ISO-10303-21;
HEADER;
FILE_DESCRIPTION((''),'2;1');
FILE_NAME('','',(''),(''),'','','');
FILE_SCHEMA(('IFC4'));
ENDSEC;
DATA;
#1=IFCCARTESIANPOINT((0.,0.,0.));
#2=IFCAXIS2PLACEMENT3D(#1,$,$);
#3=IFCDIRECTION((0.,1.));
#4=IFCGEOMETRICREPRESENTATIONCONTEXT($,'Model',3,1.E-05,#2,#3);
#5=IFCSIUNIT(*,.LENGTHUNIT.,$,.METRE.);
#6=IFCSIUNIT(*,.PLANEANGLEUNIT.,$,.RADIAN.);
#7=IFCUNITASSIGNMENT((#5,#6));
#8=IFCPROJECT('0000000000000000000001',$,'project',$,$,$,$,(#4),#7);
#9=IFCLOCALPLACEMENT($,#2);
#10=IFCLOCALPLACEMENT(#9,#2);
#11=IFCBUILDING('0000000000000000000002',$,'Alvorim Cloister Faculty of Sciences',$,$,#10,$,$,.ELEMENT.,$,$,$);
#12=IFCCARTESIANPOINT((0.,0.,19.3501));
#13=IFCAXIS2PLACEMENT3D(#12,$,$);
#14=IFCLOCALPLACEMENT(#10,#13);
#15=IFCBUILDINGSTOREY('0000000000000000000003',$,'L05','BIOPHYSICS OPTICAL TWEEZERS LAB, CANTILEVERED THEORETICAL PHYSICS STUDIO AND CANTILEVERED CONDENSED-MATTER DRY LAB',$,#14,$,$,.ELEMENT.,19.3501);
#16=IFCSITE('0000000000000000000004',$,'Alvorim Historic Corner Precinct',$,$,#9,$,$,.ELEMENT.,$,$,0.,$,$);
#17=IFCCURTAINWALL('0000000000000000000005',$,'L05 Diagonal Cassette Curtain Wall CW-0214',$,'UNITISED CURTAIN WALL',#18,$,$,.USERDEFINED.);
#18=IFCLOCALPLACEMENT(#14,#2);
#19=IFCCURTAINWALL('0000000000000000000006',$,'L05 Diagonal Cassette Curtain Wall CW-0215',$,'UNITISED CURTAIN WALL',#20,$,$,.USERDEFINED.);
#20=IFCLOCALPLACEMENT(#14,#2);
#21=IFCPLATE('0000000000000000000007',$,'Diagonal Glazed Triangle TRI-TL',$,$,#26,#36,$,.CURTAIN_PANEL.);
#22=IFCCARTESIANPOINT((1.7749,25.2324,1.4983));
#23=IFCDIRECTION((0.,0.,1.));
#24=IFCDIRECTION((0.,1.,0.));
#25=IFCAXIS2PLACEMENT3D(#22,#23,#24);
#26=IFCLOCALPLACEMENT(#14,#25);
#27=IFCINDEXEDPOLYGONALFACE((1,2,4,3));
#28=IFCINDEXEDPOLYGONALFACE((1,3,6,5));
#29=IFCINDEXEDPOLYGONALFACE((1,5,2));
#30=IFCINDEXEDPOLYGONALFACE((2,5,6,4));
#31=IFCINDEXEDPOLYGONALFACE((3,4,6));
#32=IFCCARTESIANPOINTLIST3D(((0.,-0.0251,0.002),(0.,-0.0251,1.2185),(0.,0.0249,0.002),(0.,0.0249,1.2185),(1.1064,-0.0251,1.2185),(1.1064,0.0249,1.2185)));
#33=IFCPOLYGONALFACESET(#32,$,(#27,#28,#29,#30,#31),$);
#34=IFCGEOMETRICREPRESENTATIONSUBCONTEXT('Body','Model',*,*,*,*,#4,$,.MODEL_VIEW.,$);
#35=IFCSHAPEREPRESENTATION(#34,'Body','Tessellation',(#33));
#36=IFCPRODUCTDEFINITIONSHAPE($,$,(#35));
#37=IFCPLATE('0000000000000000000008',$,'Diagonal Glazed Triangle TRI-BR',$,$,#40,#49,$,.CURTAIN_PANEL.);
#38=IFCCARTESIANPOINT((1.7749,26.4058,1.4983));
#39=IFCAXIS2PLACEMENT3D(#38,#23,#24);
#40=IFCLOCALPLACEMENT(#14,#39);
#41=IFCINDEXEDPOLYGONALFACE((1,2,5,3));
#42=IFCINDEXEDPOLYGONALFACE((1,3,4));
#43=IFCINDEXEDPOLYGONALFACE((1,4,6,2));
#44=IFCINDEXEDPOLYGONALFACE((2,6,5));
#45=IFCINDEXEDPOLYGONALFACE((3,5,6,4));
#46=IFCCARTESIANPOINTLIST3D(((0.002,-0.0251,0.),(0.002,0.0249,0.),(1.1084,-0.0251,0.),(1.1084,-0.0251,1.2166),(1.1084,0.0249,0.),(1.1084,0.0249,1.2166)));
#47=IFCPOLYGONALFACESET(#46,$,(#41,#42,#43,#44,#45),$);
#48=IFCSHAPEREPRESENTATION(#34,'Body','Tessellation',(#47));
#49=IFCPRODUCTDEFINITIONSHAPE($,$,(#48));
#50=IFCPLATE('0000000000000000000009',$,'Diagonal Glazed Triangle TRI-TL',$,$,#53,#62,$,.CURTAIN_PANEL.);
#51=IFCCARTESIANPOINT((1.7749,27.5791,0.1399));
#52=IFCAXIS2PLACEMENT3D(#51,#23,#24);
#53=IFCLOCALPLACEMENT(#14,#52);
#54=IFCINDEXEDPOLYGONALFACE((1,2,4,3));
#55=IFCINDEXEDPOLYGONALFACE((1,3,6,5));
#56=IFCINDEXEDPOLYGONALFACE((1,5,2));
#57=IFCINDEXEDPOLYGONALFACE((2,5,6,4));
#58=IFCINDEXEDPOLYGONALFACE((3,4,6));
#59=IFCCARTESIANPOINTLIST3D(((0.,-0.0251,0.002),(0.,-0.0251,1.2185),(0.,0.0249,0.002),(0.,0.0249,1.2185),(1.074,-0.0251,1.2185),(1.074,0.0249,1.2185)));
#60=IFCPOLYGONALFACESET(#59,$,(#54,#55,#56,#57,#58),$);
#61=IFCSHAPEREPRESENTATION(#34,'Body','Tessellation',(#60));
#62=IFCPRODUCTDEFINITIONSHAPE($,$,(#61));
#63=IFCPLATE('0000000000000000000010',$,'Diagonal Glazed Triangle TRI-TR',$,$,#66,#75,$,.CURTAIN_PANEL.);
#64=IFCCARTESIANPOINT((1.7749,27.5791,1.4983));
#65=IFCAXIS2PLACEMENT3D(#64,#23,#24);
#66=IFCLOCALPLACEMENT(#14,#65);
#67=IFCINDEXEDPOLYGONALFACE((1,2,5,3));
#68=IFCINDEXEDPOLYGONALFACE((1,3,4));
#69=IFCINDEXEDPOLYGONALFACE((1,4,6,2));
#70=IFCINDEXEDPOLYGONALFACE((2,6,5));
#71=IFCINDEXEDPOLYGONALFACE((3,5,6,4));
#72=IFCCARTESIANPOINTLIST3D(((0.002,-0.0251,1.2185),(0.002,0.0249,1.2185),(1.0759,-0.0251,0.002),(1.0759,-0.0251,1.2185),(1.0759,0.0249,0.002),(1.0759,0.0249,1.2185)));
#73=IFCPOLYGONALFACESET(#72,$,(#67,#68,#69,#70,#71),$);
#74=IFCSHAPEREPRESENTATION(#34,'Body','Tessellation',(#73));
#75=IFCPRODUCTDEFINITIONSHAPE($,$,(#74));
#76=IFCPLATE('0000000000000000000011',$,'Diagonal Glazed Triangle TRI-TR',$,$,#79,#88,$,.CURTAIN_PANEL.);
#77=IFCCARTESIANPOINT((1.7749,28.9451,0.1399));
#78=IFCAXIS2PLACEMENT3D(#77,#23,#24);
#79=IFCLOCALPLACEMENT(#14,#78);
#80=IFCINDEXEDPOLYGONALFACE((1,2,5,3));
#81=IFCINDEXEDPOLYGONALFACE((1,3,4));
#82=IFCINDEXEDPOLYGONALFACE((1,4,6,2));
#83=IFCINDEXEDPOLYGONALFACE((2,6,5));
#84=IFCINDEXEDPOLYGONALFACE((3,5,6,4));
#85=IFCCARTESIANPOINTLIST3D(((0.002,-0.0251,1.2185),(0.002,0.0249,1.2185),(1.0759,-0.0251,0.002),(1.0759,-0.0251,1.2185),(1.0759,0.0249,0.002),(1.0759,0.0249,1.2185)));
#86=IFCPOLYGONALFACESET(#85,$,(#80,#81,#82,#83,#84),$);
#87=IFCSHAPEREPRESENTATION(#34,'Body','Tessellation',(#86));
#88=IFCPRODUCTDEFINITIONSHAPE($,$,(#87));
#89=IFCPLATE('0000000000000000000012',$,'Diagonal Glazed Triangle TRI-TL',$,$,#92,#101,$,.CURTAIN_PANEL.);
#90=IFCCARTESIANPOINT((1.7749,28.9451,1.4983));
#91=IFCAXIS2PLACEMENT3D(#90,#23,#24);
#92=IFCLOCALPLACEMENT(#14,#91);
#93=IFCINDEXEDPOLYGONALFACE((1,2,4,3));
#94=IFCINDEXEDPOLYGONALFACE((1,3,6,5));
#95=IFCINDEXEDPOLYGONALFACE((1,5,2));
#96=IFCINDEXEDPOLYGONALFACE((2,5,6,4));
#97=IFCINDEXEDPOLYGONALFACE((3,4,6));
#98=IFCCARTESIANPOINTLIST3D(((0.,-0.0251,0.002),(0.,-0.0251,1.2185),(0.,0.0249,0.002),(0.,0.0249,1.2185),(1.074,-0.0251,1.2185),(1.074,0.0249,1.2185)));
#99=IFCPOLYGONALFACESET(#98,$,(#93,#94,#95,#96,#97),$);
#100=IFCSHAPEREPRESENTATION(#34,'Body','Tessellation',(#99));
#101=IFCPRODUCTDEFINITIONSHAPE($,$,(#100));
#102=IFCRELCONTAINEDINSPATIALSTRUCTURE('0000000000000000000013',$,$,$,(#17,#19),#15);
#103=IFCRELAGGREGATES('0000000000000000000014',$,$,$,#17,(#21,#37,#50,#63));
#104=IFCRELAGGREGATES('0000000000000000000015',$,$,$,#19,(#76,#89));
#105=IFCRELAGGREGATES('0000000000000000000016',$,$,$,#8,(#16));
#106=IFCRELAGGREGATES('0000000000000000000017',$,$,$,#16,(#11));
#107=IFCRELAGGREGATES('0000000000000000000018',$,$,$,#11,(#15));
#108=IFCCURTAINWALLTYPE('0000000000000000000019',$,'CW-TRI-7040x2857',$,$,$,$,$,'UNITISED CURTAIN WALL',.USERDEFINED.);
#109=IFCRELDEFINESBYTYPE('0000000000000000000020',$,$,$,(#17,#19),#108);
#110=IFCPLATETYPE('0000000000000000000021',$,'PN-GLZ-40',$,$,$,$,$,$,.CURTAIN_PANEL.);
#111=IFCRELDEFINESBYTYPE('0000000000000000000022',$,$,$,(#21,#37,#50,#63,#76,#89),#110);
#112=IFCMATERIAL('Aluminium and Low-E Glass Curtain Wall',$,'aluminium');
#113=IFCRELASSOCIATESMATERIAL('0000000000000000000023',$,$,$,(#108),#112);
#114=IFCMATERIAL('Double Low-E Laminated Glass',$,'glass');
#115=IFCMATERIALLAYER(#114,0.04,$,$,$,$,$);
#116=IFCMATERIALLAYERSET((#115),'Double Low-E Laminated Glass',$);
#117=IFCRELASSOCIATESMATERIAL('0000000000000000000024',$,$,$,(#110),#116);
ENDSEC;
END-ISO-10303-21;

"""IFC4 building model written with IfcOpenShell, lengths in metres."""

from ifc_helpers import new_model, si_unit, direction, frame, origin, place, context, subcontext, project, spatial, polyline, outline, extrude, material, layer, layer_set, type_object, element, aggregate, save


model = new_model("IFC4")

# Units and contexts
model_context = context("Model", 3, precision=1e-05, world=origin(), true_north=direction((0.0, 1.0)))
body_context = subcontext(model_context, "Body", "Model", "MODEL_VIEW")
ifc_project = project(units=[si_unit("LENGTHUNIT", "METRE"), si_unit("PLANEANGLEUNIT", "RADIAN")], contexts=[model_context])

# Site, building, storey
site_placement = place(None, origin())
site = spatial("IfcSite", under=ifc_project, at=site_placement, Name="Alvorim Historic Corner Precinct", CompositionType="ELEMENT", RefElevation=0.0)
building_placement = place(site_placement, origin())
building = spatial("IfcBuilding", under=site, at=building_placement, Name="Alvorim Cloister Faculty of Sciences", CompositionType="ELEMENT")
storey_placement = place(building_placement, frame((0.0, 0.0, 19.3501)))
storey = spatial("IfcBuildingStorey", under=building, at=storey_placement, Name="L05", Description="BIOPHYSICS OPTICAL TWEEZERS LAB, CANTILEVERED THEORETICAL PHYSICS STUDIO AND CANTILEVERED CONDENSED-MATTER DRY LAB", CompositionType="ELEMENT", Elevation=19.3501)

# Curtain wall
ifc_material_1 = material(Name="Aluminium and Low-E Glass Curtain Wall", Category="aluminium")
curtain_wall_type = type_object("IfcCurtainWallType", Name="CW-TRI-7040x2857", ElementType="UNITISED CURTAIN WALL", PredefinedType="USERDEFINED", material=ifc_material_1)
curtain_wall_1_placement = place(storey_placement, origin())
curtain_wall_1 = element("IfcCurtainWall", 1, at=curtain_wall_1_placement, inside=storey, type_object=curtain_wall_type, Name="L05 Diagonal Cassette Curtain Wall CW-0214", ObjectType="UNITISED CURTAIN WALL", PredefinedType="USERDEFINED")

# Curtain wall
curtain_wall_2_placement = place(storey_placement, origin())
curtain_wall_2 = element("IfcCurtainWall", 2, at=curtain_wall_2_placement, inside=storey, type_object=curtain_wall_type, Name="L05 Diagonal Cassette Curtain Wall CW-0215", ObjectType="UNITISED CURTAIN WALL", PredefinedType="USERDEFINED")

# Plates
ifc_material_2 = material(Name="Double Low-E Laminated Glass", Category="glass")
ifc_layer_1 = layer(ifc_material_2, 0.04)
ifc_layer_set_1 = layer_set([ifc_layer_1], Name="Double Low-E Laminated Glass")
plate_type = type_object("IfcPlateType", Name="PN-GLZ-40", PredefinedType="CURTAIN_PANEL", material=ifc_layer_set_1)
plate_1_placement = place(storey_placement, frame((1.7749, 25.2324, 1.4983), z_axis=(0.0, 0.0, 1.0), x_axis=(0.0, 1.0, 0.0)))
plate_1 = element("IfcPlate", 3, at=plate_1_placement, type_object=plate_type, Name="Diagonal Glazed Triangle TRI-TL", PredefinedType="CURTAIN_PANEL", context=body_context, shape_type="SweptSolid", body=[
    extrude(outline(polyline([(1.1064, 1.2185), (0.0, 1.2185), (0.0, 0.002), (1.1064, 1.2185)])), frame((0.0, 0.0249, 0.0), z_axis=(0.0, -1.0, 0.0), x_axis=(1.0, 0.0, 0.0)), (0.0, 0.0, 1.0), 0.05),
])
plate_2_placement = place(storey_placement, frame((1.7749, 26.4058, 1.4983), z_axis=(0.0, 0.0, 1.0), x_axis=(0.0, 1.0, 0.0)))
plate_2 = element("IfcPlate", 4, at=plate_2_placement, type_object=plate_type, Name="Diagonal Glazed Triangle TRI-BR", PredefinedType="CURTAIN_PANEL", context=body_context, shape_type="SweptSolid", body=[
    extrude(outline(polyline([(0.002, 0.0), (1.1084, 0.0), (1.1084, 1.2166), (0.002, 0.0)])), frame((0.0, 0.0249, 0.0), z_axis=(0.0, -1.0, 0.0), x_axis=(1.0, 0.0, 0.0)), (0.0, 0.0, 1.0), 0.05),
])
plate_3_placement = place(storey_placement, frame((1.7749, 27.5791, 0.1399), z_axis=(0.0, 0.0, 1.0), x_axis=(0.0, 1.0, 0.0)))
plate_3 = element("IfcPlate", 5, at=plate_3_placement, type_object=plate_type, Name="Diagonal Glazed Triangle TRI-TL", PredefinedType="CURTAIN_PANEL", context=body_context, shape_type="SweptSolid", body=[
    extrude(outline(polyline([(1.074, 1.2185), (0.0, 1.2185), (0.0, 0.002), (1.074, 1.2185)])), frame((0.0, 0.0249, 0.0), z_axis=(0.0, -1.0, 0.0), x_axis=(1.0, 0.0, 0.0)), (0.0, 0.0, 1.0), 0.05),
])
plate_4_placement = place(storey_placement, frame((1.7749, 27.5791, 1.4983), z_axis=(0.0, 0.0, 1.0), x_axis=(0.0, 1.0, 0.0)))
plate_4 = element("IfcPlate", 6, at=plate_4_placement, type_object=plate_type, Name="Diagonal Glazed Triangle TRI-TR", PredefinedType="CURTAIN_PANEL", context=body_context, shape_type="SweptSolid", body=[
    extrude(outline(polyline([(1.0759, 0.002), (1.0759, 1.2185), (0.002, 1.2185), (1.0759, 0.002)])), frame((0.0, 0.0249, 0.0), z_axis=(0.0, -1.0, 0.0), x_axis=(1.0, 0.0, 0.0)), (0.0, 0.0, 1.0), 0.05),
])
aggregate(curtain_wall_1, [plate_1, plate_2, plate_3, plate_4])
plate_5_placement = place(storey_placement, frame((1.7749, 28.9451, 0.1399), z_axis=(0.0, 0.0, 1.0), x_axis=(0.0, 1.0, 0.0)))
plate_5 = element("IfcPlate", 7, at=plate_5_placement, type_object=plate_type, Name="Diagonal Glazed Triangle TRI-TR", PredefinedType="CURTAIN_PANEL", context=body_context, shape_type="SweptSolid", body=[
    extrude(outline(polyline([(1.0759, 0.002), (1.0759, 1.2185), (0.002, 1.2185), (1.0759, 0.002)])), frame((0.0, 0.0249, 0.0), z_axis=(0.0, -1.0, 0.0), x_axis=(1.0, 0.0, 0.0)), (0.0, 0.0, 1.0), 0.05),
])
plate_6_placement = place(storey_placement, frame((1.7749, 28.9451, 1.4983), z_axis=(0.0, 0.0, 1.0), x_axis=(0.0, 1.0, 0.0)))
plate_6 = element("IfcPlate", 8, at=plate_6_placement, type_object=plate_type, Name="Diagonal Glazed Triangle TRI-TL", PredefinedType="CURTAIN_PANEL", context=body_context, shape_type="SweptSolid", body=[
    extrude(outline(polyline([(1.074, 1.2185), (0.0, 1.2185), (0.0, 0.002), (1.074, 1.2185)])), frame((0.0, 0.0249, 0.0), z_axis=(0.0, -1.0, 0.0), x_axis=(1.0, 0.0, 0.0)), (0.0, 0.0, 1.0), 0.05),
])
aggregate(curtain_wall_2, [plate_5, plate_6])

save(model, "model.ifc")
